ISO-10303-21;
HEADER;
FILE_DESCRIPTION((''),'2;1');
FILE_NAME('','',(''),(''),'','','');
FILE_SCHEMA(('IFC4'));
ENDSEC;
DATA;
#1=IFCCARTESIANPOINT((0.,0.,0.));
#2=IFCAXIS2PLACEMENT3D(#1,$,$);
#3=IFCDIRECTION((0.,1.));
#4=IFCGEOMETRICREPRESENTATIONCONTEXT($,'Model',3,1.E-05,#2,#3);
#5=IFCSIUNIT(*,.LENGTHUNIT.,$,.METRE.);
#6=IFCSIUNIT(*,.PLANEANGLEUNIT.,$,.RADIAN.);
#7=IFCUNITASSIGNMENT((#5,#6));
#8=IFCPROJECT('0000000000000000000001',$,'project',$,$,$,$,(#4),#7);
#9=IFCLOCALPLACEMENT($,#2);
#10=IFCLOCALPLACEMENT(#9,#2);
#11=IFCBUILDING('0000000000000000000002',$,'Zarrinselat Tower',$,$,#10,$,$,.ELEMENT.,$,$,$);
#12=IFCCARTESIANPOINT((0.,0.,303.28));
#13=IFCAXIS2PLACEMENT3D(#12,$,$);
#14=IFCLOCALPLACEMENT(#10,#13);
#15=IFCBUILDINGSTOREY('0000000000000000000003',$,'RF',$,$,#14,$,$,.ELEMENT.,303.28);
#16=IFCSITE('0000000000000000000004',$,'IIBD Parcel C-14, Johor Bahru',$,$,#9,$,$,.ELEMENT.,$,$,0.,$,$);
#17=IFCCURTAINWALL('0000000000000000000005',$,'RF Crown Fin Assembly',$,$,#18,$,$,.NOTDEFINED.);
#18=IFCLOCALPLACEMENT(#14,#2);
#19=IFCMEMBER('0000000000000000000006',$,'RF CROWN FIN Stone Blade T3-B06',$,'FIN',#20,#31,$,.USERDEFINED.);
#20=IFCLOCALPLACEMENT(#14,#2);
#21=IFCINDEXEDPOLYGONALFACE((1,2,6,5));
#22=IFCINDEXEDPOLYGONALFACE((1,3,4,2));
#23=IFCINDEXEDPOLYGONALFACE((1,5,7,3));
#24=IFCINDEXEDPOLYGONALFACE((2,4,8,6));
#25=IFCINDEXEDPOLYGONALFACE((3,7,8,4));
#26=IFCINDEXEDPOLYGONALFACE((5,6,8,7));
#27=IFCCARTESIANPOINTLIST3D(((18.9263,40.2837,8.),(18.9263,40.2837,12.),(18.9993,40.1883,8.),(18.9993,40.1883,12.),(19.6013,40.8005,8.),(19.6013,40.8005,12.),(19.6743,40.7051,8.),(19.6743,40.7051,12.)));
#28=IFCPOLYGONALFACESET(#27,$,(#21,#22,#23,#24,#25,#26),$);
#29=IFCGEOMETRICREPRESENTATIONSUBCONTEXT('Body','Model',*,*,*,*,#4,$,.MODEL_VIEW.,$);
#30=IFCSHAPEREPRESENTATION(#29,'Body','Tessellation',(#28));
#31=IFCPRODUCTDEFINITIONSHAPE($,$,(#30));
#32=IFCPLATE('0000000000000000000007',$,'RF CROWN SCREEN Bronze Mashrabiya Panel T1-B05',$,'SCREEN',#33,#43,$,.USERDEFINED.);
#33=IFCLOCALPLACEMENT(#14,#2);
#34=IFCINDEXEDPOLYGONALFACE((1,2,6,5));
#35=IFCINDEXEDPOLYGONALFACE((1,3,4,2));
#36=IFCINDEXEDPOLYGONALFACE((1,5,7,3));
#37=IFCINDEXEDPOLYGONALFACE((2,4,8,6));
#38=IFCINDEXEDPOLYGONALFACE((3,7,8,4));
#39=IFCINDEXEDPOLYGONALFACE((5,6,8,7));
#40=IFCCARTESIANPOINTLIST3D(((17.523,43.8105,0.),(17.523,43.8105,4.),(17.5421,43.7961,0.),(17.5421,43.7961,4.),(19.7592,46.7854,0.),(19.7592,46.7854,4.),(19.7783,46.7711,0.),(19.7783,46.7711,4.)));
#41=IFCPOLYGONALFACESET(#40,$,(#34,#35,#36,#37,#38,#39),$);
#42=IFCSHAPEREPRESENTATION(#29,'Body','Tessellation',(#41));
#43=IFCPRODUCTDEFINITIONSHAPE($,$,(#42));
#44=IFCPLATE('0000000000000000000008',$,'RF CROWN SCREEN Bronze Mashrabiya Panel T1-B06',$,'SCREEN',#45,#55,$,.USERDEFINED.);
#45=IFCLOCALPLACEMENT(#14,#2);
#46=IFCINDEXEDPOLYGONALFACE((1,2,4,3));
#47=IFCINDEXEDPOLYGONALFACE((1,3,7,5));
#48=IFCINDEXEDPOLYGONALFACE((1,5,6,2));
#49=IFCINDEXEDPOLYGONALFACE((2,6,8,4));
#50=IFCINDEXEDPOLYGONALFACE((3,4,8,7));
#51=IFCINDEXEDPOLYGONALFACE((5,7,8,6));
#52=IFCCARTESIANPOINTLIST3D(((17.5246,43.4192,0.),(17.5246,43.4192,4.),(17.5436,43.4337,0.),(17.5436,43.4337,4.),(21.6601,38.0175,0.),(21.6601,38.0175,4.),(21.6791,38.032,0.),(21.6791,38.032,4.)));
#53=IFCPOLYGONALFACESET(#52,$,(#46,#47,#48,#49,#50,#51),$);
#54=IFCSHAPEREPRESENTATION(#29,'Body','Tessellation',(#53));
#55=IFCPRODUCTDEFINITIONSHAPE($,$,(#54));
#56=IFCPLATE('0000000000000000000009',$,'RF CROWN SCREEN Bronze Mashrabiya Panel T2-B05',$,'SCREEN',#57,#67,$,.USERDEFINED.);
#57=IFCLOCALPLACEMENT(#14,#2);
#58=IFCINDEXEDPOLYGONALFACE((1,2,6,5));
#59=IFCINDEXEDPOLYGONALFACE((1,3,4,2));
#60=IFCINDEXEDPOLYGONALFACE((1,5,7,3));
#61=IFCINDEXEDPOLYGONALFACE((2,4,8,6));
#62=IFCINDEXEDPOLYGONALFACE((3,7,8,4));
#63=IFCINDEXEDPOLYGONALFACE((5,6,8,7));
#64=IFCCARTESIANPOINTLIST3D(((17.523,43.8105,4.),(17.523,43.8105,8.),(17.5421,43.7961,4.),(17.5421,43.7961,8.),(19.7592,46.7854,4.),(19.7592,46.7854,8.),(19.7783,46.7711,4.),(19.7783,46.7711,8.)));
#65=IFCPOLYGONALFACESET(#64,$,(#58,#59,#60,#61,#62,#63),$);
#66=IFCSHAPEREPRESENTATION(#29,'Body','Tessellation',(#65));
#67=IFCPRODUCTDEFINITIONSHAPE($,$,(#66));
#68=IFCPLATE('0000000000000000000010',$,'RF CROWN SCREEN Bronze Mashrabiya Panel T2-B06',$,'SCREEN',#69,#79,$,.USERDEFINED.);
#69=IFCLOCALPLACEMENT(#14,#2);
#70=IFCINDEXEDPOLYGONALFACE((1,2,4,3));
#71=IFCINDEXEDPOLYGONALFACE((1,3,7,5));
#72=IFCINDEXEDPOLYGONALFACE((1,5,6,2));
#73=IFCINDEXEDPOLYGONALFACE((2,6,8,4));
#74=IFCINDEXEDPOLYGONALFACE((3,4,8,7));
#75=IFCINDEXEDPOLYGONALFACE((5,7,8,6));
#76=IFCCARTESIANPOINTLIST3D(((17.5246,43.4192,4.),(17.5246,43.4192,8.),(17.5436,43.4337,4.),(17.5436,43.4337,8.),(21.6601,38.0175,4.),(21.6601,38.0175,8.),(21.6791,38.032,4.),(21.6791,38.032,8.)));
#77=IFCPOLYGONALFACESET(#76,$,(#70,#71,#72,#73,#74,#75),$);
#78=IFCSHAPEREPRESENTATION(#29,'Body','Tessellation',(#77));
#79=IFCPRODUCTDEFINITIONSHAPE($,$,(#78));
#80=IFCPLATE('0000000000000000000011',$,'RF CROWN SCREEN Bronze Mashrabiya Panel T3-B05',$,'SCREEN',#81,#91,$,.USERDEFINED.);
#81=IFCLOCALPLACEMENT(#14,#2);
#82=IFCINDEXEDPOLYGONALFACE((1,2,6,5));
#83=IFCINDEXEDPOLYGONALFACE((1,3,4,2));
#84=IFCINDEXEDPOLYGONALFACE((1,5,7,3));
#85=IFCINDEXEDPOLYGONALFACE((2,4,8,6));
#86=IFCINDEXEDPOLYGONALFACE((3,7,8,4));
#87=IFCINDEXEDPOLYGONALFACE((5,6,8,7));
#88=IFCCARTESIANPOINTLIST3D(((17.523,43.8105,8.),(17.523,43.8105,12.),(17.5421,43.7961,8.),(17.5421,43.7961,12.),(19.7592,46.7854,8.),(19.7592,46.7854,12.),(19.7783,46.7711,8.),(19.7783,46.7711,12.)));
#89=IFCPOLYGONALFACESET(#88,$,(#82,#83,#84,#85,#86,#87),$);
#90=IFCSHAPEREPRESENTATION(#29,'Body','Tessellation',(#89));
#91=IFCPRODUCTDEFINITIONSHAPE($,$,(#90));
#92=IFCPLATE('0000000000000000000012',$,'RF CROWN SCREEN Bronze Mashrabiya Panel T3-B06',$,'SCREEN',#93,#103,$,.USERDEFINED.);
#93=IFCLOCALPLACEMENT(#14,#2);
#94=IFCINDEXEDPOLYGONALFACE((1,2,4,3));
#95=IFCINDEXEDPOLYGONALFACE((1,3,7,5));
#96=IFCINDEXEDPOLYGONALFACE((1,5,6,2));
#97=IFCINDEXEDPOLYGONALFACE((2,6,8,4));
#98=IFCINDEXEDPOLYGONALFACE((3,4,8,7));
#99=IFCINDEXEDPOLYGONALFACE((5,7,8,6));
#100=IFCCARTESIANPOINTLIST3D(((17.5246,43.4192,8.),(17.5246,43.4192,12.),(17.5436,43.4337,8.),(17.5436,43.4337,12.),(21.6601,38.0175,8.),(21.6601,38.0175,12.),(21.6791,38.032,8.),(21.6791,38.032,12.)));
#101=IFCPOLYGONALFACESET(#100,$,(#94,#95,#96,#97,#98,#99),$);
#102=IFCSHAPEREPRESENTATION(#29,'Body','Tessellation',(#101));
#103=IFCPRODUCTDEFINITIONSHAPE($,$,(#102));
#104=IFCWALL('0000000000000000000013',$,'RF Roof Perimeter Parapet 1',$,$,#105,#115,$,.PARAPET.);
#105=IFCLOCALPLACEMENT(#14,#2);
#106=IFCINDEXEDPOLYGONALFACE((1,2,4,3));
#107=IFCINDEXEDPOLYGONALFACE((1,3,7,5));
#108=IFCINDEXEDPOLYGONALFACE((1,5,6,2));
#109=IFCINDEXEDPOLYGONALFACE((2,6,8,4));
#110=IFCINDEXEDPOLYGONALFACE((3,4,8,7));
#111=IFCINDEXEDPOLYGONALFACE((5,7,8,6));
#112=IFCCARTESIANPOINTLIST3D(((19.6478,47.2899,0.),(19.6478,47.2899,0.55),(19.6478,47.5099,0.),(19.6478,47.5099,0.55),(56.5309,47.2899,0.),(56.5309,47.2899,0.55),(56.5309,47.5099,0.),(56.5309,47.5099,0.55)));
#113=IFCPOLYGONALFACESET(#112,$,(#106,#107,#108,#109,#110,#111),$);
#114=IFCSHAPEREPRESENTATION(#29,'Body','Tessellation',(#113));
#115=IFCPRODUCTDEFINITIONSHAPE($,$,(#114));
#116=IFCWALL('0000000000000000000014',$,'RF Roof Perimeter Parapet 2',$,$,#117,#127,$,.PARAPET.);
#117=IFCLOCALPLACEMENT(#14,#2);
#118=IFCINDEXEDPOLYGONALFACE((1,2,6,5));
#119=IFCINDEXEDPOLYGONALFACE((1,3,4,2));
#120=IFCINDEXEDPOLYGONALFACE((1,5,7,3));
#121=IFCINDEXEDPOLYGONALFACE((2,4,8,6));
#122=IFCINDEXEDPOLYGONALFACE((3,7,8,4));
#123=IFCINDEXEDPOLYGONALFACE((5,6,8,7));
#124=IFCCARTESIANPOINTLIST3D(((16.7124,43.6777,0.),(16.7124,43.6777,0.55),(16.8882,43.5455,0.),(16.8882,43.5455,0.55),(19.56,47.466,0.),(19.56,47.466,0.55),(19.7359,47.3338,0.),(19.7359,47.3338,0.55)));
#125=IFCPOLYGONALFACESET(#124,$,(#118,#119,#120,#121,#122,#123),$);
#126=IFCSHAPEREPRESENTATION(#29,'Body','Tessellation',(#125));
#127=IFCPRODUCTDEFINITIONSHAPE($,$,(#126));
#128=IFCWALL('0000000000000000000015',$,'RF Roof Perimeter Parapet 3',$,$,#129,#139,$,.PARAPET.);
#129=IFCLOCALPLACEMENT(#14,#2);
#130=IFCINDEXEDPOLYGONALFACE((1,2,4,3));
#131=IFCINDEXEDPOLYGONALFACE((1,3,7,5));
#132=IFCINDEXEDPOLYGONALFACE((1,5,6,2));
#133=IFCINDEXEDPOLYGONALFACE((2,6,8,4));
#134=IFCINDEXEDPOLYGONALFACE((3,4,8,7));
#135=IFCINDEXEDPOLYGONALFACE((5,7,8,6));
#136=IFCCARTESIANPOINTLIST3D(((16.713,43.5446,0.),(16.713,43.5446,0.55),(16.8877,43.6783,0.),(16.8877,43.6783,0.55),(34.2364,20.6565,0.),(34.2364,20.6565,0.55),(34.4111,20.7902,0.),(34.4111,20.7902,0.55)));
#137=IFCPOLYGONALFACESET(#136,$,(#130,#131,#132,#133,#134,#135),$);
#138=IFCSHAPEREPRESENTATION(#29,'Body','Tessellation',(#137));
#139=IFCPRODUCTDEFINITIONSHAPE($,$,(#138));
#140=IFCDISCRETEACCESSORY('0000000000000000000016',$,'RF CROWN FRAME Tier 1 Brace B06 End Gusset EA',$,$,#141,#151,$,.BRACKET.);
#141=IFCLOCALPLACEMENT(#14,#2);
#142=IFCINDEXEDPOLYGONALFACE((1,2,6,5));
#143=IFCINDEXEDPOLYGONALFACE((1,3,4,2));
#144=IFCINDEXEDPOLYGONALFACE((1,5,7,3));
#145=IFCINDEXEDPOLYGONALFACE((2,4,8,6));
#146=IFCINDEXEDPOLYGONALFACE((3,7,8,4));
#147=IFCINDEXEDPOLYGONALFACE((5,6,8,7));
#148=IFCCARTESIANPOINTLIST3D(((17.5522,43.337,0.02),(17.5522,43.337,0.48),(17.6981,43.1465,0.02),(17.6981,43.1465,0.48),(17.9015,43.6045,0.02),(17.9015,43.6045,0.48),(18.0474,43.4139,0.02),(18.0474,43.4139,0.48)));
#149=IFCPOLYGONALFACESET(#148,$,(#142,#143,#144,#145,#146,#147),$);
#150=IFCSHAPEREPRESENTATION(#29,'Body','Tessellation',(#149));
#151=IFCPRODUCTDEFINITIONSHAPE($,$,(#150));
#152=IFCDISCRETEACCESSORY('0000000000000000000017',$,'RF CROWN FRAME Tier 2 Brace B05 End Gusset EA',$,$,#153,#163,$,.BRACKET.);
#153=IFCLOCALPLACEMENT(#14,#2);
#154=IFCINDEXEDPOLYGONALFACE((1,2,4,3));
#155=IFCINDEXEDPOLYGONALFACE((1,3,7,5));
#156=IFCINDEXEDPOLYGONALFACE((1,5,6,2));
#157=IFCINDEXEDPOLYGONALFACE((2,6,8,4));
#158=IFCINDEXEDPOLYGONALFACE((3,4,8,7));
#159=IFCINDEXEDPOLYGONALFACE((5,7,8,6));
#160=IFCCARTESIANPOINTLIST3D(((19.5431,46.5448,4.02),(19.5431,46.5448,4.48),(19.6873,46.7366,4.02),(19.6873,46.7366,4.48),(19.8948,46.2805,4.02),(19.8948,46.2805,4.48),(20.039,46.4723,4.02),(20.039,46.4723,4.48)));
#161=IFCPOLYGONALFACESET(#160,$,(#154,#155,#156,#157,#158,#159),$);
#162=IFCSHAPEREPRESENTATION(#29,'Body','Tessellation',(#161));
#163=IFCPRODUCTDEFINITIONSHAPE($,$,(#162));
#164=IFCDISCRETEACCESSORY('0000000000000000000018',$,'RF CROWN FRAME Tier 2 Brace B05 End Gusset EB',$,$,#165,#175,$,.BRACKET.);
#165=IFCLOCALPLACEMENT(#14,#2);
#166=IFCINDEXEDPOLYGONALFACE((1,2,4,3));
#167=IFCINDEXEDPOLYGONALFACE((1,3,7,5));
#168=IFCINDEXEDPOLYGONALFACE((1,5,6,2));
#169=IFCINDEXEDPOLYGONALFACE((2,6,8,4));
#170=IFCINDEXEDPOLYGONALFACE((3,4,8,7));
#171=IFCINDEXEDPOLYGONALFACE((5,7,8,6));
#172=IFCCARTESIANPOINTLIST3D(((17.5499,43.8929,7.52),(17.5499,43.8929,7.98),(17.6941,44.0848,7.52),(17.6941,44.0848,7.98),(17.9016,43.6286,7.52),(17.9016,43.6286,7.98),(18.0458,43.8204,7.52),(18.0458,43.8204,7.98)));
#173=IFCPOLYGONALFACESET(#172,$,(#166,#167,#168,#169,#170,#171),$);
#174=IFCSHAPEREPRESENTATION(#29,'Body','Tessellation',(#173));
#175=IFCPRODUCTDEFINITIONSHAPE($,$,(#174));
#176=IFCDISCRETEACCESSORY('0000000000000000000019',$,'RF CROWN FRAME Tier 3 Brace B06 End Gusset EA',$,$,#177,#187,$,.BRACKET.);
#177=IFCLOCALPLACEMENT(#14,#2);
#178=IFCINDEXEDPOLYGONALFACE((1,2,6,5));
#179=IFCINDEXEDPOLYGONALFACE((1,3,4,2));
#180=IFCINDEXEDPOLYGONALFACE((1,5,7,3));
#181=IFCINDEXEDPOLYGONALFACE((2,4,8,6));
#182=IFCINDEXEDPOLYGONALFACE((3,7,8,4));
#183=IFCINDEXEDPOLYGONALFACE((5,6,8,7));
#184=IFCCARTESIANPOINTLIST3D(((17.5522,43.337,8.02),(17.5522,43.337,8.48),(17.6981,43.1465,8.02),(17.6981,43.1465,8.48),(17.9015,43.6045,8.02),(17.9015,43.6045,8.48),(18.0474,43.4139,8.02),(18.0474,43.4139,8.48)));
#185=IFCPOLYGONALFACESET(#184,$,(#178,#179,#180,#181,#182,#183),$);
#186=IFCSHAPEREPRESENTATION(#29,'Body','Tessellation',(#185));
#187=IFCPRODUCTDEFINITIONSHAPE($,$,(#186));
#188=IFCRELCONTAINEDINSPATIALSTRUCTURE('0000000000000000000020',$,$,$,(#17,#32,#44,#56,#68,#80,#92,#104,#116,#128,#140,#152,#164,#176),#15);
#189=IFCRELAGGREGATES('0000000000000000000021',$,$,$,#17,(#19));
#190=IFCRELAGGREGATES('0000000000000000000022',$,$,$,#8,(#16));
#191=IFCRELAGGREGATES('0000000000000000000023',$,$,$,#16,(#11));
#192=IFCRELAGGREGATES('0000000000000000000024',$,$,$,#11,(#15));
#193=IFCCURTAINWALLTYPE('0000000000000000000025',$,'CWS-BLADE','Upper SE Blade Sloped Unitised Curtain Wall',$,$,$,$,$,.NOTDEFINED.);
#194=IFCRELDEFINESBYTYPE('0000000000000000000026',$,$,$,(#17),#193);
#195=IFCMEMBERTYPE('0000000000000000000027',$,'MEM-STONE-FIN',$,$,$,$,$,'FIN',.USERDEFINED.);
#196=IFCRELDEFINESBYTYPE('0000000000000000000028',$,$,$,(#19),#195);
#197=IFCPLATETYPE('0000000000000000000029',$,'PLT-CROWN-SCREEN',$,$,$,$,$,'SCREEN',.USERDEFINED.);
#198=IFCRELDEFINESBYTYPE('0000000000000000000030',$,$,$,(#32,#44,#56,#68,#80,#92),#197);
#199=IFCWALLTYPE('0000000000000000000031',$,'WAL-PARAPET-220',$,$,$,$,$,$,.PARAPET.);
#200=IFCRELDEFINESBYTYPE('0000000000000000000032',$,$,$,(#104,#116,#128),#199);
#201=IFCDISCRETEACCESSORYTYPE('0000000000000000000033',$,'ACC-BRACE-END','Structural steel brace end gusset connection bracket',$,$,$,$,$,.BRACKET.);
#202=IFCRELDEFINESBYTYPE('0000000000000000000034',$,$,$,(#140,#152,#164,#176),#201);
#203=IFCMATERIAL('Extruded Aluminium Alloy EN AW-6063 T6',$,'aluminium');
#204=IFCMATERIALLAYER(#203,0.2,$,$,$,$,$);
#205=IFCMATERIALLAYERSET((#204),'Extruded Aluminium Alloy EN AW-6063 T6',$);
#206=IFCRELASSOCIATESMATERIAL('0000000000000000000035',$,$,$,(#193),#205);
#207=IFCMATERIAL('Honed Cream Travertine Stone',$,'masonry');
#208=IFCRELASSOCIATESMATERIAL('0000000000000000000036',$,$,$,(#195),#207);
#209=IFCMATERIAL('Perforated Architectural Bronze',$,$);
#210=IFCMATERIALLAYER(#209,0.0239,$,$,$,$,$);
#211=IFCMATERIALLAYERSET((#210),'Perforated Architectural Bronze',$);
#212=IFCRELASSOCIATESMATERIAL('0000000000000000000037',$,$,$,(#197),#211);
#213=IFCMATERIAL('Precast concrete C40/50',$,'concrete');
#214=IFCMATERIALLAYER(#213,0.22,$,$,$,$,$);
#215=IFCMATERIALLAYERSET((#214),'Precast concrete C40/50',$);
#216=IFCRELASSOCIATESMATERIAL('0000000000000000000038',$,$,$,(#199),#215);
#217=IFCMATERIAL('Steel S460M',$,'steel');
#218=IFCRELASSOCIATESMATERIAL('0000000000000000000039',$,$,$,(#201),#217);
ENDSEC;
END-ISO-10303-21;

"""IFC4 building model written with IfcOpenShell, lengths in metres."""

from ifc_helpers import new_model, si_unit, direction, frame, frame_2d, origin, origin_2d, place, context, subcontext, project, spatial, rectangle, extrude, material, layer, layer_set, material_profile, profile_set, type_object, element, aggregate, save


model = new_model("IFC4")

# Units and contexts
model_context = context("Model", 3, precision=1e-05, world=origin(), true_north=direction((0.0, 1.0)))
body_context = subcontext(model_context, "Body", "Model", "MODEL_VIEW")
ifc_project = project(units=[si_unit("LENGTHUNIT", "METRE"), si_unit("PLANEANGLEUNIT", "RADIAN")], contexts=[model_context])

# Site, building, storey
site_placement = place(None, origin())
site = spatial("IfcSite", under=ifc_project, at=site_placement, Name="IIBD Parcel C-14, Johor Bahru", CompositionType="ELEMENT", RefElevation=0.0)
building_placement = place(site_placement, origin())
building = spatial("IfcBuilding", under=site, at=building_placement, Name="Zarrinselat Tower", CompositionType="ELEMENT")
storey_placement = place(building_placement, frame((0.0, 0.0, 303.28)))
storey = spatial("IfcBuildingStorey", under=building, at=storey_placement, Name="RF", CompositionType="ELEMENT", Elevation=303.28)

# Curtain wall, member
ifc_material_1 = material(Name="Extruded Aluminium Alloy EN AW-6063 T6", Category="aluminium")
ifc_layer_1 = layer(ifc_material_1, 0.2)
ifc_layer_set_1 = layer_set([ifc_layer_1], Name="Extruded Aluminium Alloy EN AW-6063 T6")
curtain_wall_type = type_object("IfcCurtainWallType", Name="CWS-BLADE", Description="Upper SE Blade Sloped Unitised Curtain Wall", PredefinedType="NOTDEFINED", material=ifc_layer_set_1)
curtain_wall_placement = place(storey_placement, origin())
curtain_wall = element("IfcCurtainWall", 1, at=curtain_wall_placement, inside=storey, type_object=curtain_wall_type, Name="RF Crown Fin Assembly", PredefinedType="NOTDEFINED")
ifc_material_2 = material(Name="Honed Cream Travertine Stone", Category="masonry")
ifc_material_profile_1 = material_profile(ifc_material_2, rectangle(XDim=0.1201, YDim=0.8501, at=origin_2d()), Name="FIN 850x120")
ifc_profile_set_1 = profile_set([ifc_material_profile_1], Name="Honed Cream Travertine Stone")
member_type_1 = type_object("IfcMemberType", Name="MEM-STONE-FIN", ElementType="FIN", PredefinedType="USERDEFINED", material=ifc_profile_set_1)
member_1_placement = place(storey_placement, frame((19.3003, 40.4944, 8.0), z_axis=(0.0, 0.0, 1.0), x_axis=(-0.607896, 0.794016, 0.0)))
member_1 = element("IfcMember", 2, at=member_1_placement, type_object=member_type_1, Name="RF CROWN FIN Stone Blade T3-B06", ObjectType="FIN", PredefinedType="USERDEFINED", context=body_context, shape_type="SweptSolid", body=[
    extrude(rectangle(XDim=0.1201, YDim=0.8501, at=origin_2d()), origin(), (0.0, 0.0, 1.0), 4.0),
])
aggregate(curtain_wall, [member_1])

# Plates
ifc_material_3 = material(Name="Perforated Architectural Bronze")
ifc_layer_2 = layer(ifc_material_3, 0.0239)
ifc_layer_set_2 = layer_set([ifc_layer_2], Name="Perforated Architectural Bronze")
plate_type = type_object("IfcPlateType", Name="PLT-CROWN-SCREEN", ElementType="SCREEN", PredefinedType="USERDEFINED", material=ifc_layer_set_2)
plate_1_placement = place(storey_placement, frame((18.6506, 45.2908, 0.0), z_axis=(0.0, 0.0, 1.0), x_axis=(-0.600848, -0.799363, 0.0)))
element("IfcPlate", 3, at=plate_1_placement, inside=storey, type_object=plate_type, Name="RF CROWN SCREEN Bronze Mashrabiya Panel T1-B05", ObjectType="SCREEN", PredefinedType="USERDEFINED", context=body_context, shape_type="SweptSolid", body=[
    extrude(rectangle(XDim=3.7217, YDim=0.0239, at=origin_2d()), origin(), (0.0, 0.0, 1.0), 4.0),
])
plate_2_placement = place(storey_placement, frame((19.6018, 40.7256, 0.0), z_axis=(0.0, 0.0, 1.0), x_axis=(0.607896, -0.794016, 0.0)))
element("IfcPlate", 4, at=plate_2_placement, inside=storey, type_object=plate_type, Name="RF CROWN SCREEN Bronze Mashrabiya Panel T1-B06", ObjectType="SCREEN", PredefinedType="USERDEFINED", context=body_context, shape_type="SweptSolid", body=[
    extrude(rectangle(XDim=6.803, YDim=0.0239, at=origin_2d()), origin(), (0.0, 0.0, 1.0), 4.0),
])
plate_3_placement = place(storey_placement, frame((18.6506, 45.2908, 4.0), z_axis=(0.0, 0.0, 1.0), x_axis=(-0.600848, -0.799363, 0.0)))
element("IfcPlate", 5, at=plate_3_placement, inside=storey, type_object=plate_type, Name="RF CROWN SCREEN Bronze Mashrabiya Panel T2-B05", ObjectType="SCREEN", PredefinedType="USERDEFINED", context=body_context, shape_type="SweptSolid", body=[
    extrude(rectangle(XDim=3.7217, YDim=0.0239, at=origin_2d()), origin(), (0.0, 0.0, 1.0), 4.0),
])
plate_4_placement = place(storey_placement, frame((19.6018, 40.7256, 4.0), z_axis=(0.0, 0.0, 1.0), x_axis=(0.607896, -0.794016, 0.0)))
element("IfcPlate", 6, at=plate_4_placement, inside=storey, type_object=plate_type, Name="RF CROWN SCREEN Bronze Mashrabiya Panel T2-B06", ObjectType="SCREEN", PredefinedType="USERDEFINED", context=body_context, shape_type="SweptSolid", body=[
    extrude(rectangle(XDim=6.803, YDim=0.0239, at=origin_2d()), origin(), (0.0, 0.0, 1.0), 4.0),
])
plate_5_placement = place(storey_placement, frame((18.6506, 45.2908, 8.0), z_axis=(0.0, 0.0, 1.0), x_axis=(-0.600848, -0.799363, 0.0)))
element("IfcPlate", 7, at=plate_5_placement, inside=storey, type_object=plate_type, Name="RF CROWN SCREEN Bronze Mashrabiya Panel T3-B05", ObjectType="SCREEN", PredefinedType="USERDEFINED", context=body_context, shape_type="SweptSolid", body=[
    extrude(rectangle(XDim=3.7217, YDim=0.0239, at=origin_2d()), origin(), (0.0, 0.0, 1.0), 4.0),
])
plate_6_placement = place(storey_placement, frame((19.6018, 40.7256, 8.0), z_axis=(0.0, 0.0, 1.0), x_axis=(0.607896, -0.794016, 0.0)))
element("IfcPlate", 8, at=plate_6_placement, inside=storey, type_object=plate_type, Name="RF CROWN SCREEN Bronze Mashrabiya Panel T3-B06", ObjectType="SCREEN", PredefinedType="USERDEFINED", context=body_context, shape_type="SweptSolid", body=[
    extrude(rectangle(XDim=6.803, YDim=0.0239, at=origin_2d()), origin(), (0.0, 0.0, 1.0), 4.0),
])

# Walls
ifc_material_4 = material(Name="Precast concrete C40/50", Category="concrete")
ifc_layer_3 = layer(ifc_material_4, 0.22)
ifc_layer_set_3 = layer_set([ifc_layer_3], Name="Precast concrete C40/50")
wall_type = type_object("IfcWallType", Name="WAL-PARAPET-220", PredefinedType="PARAPET", material=ifc_layer_set_3)
wall_1_placement = place(storey_placement, frame((19.6479, 47.3999, 0.0), z_axis=(0.0, 0.0, 1.0), x_axis=(1.0, 0.0, 0.0)))
element("IfcWall", 9, at=wall_1_placement, inside=storey, type_object=wall_type, Name="RF Roof Perimeter Parapet 1", PredefinedType="PARAPET", context=body_context, shape_type="SweptSolid", body=[
    extrude(rectangle(XDim=36.8831, YDim=0.22, at=frame_2d((18.4414, 0.0))), origin(), (0.0, 0.0, 1.0), 0.55),
])
wall_2_placement = place(storey_placement, frame((16.8003, 43.6116, 0.0), z_axis=(0.0, 0.0, 1.0), x_axis=(0.600865, 0.79935, 0.0)))
element("IfcWall", 10, at=wall_2_placement, inside=storey, type_object=wall_type, Name="RF Roof Perimeter Parapet 2", PredefinedType="PARAPET", context=body_context, shape_type="SweptSolid", body=[
    extrude(rectangle(XDim=4.7393, YDim=0.22, at=frame_2d((2.3696, 0.0))), origin(), (0.0, 0.0, 1.0), 0.55),
])
wall_3_placement = place(storey_placement, frame((16.8003, 43.6116, 0.0), z_axis=(0.0, 0.0, 1.0), x_axis=(0.607903, -0.794011, 0.0)))
element("IfcWall", 11, at=wall_3_placement, inside=storey, type_object=wall_type, Name="RF Roof Perimeter Parapet 3", PredefinedType="PARAPET", context=body_context, shape_type="SweptSolid", body=[
    extrude(rectangle(XDim=28.8259, YDim=0.22, at=frame_2d((14.4131, 0.0))), origin(), (0.0, 0.0, 1.0), 0.55),
])

# Discrete accessories
ifc_material_5 = material(Name="Steel S460M", Category="steel")
discrete_accessory_type = type_object("IfcDiscreteAccessoryType", Name="ACC-BRACE-END", Description="Structural steel brace end gusset connection bracket", PredefinedType="BRACKET", material=ifc_material_5)
for number, where, z_axis, x_axis, name in (
    (12, (17.7998, 43.3755, 0.02), (0.0, 0.0, 1.0), (0.607896, -0.794016, 0.0), "RF CROWN FRAME Tier 1 Brace B06 End Gusset EA"),
    (13, (19.791, 46.5085, 4.02), (0.0, 0.0, 1.0), (-0.600848, -0.799363, 0.0), "RF CROWN FRAME Tier 2 Brace B05 End Gusset EA"),
    (14, (17.7979, 43.8567, 7.52), (0.0, 0.0, 1.0), (-0.600848, -0.799363, 0.0), "RF CROWN FRAME Tier 2 Brace B05 End Gusset EB"),
    (15, (17.7998, 43.3755, 8.02), (0.0, 0.0, 1.0), (0.607896, -0.794016, 0.0), "RF CROWN FRAME Tier 3 Brace B06 End Gusset EA"),
):
    element("IfcDiscreteAccessory", number, at=place(storey_placement, frame(where, z_axis=z_axis, x_axis=x_axis)), inside=storey, type_object=discrete_accessory_type, Name=name, PredefinedType="BRACKET", context=body_context, shape_type="SweptSolid", body=[
        extrude(rectangle(XDim=0.24, YDim=0.4399, at=origin_2d()), origin(), (0.0, 0.0, 1.0), 0.46),
    ])

save(model, "model.ifc")
